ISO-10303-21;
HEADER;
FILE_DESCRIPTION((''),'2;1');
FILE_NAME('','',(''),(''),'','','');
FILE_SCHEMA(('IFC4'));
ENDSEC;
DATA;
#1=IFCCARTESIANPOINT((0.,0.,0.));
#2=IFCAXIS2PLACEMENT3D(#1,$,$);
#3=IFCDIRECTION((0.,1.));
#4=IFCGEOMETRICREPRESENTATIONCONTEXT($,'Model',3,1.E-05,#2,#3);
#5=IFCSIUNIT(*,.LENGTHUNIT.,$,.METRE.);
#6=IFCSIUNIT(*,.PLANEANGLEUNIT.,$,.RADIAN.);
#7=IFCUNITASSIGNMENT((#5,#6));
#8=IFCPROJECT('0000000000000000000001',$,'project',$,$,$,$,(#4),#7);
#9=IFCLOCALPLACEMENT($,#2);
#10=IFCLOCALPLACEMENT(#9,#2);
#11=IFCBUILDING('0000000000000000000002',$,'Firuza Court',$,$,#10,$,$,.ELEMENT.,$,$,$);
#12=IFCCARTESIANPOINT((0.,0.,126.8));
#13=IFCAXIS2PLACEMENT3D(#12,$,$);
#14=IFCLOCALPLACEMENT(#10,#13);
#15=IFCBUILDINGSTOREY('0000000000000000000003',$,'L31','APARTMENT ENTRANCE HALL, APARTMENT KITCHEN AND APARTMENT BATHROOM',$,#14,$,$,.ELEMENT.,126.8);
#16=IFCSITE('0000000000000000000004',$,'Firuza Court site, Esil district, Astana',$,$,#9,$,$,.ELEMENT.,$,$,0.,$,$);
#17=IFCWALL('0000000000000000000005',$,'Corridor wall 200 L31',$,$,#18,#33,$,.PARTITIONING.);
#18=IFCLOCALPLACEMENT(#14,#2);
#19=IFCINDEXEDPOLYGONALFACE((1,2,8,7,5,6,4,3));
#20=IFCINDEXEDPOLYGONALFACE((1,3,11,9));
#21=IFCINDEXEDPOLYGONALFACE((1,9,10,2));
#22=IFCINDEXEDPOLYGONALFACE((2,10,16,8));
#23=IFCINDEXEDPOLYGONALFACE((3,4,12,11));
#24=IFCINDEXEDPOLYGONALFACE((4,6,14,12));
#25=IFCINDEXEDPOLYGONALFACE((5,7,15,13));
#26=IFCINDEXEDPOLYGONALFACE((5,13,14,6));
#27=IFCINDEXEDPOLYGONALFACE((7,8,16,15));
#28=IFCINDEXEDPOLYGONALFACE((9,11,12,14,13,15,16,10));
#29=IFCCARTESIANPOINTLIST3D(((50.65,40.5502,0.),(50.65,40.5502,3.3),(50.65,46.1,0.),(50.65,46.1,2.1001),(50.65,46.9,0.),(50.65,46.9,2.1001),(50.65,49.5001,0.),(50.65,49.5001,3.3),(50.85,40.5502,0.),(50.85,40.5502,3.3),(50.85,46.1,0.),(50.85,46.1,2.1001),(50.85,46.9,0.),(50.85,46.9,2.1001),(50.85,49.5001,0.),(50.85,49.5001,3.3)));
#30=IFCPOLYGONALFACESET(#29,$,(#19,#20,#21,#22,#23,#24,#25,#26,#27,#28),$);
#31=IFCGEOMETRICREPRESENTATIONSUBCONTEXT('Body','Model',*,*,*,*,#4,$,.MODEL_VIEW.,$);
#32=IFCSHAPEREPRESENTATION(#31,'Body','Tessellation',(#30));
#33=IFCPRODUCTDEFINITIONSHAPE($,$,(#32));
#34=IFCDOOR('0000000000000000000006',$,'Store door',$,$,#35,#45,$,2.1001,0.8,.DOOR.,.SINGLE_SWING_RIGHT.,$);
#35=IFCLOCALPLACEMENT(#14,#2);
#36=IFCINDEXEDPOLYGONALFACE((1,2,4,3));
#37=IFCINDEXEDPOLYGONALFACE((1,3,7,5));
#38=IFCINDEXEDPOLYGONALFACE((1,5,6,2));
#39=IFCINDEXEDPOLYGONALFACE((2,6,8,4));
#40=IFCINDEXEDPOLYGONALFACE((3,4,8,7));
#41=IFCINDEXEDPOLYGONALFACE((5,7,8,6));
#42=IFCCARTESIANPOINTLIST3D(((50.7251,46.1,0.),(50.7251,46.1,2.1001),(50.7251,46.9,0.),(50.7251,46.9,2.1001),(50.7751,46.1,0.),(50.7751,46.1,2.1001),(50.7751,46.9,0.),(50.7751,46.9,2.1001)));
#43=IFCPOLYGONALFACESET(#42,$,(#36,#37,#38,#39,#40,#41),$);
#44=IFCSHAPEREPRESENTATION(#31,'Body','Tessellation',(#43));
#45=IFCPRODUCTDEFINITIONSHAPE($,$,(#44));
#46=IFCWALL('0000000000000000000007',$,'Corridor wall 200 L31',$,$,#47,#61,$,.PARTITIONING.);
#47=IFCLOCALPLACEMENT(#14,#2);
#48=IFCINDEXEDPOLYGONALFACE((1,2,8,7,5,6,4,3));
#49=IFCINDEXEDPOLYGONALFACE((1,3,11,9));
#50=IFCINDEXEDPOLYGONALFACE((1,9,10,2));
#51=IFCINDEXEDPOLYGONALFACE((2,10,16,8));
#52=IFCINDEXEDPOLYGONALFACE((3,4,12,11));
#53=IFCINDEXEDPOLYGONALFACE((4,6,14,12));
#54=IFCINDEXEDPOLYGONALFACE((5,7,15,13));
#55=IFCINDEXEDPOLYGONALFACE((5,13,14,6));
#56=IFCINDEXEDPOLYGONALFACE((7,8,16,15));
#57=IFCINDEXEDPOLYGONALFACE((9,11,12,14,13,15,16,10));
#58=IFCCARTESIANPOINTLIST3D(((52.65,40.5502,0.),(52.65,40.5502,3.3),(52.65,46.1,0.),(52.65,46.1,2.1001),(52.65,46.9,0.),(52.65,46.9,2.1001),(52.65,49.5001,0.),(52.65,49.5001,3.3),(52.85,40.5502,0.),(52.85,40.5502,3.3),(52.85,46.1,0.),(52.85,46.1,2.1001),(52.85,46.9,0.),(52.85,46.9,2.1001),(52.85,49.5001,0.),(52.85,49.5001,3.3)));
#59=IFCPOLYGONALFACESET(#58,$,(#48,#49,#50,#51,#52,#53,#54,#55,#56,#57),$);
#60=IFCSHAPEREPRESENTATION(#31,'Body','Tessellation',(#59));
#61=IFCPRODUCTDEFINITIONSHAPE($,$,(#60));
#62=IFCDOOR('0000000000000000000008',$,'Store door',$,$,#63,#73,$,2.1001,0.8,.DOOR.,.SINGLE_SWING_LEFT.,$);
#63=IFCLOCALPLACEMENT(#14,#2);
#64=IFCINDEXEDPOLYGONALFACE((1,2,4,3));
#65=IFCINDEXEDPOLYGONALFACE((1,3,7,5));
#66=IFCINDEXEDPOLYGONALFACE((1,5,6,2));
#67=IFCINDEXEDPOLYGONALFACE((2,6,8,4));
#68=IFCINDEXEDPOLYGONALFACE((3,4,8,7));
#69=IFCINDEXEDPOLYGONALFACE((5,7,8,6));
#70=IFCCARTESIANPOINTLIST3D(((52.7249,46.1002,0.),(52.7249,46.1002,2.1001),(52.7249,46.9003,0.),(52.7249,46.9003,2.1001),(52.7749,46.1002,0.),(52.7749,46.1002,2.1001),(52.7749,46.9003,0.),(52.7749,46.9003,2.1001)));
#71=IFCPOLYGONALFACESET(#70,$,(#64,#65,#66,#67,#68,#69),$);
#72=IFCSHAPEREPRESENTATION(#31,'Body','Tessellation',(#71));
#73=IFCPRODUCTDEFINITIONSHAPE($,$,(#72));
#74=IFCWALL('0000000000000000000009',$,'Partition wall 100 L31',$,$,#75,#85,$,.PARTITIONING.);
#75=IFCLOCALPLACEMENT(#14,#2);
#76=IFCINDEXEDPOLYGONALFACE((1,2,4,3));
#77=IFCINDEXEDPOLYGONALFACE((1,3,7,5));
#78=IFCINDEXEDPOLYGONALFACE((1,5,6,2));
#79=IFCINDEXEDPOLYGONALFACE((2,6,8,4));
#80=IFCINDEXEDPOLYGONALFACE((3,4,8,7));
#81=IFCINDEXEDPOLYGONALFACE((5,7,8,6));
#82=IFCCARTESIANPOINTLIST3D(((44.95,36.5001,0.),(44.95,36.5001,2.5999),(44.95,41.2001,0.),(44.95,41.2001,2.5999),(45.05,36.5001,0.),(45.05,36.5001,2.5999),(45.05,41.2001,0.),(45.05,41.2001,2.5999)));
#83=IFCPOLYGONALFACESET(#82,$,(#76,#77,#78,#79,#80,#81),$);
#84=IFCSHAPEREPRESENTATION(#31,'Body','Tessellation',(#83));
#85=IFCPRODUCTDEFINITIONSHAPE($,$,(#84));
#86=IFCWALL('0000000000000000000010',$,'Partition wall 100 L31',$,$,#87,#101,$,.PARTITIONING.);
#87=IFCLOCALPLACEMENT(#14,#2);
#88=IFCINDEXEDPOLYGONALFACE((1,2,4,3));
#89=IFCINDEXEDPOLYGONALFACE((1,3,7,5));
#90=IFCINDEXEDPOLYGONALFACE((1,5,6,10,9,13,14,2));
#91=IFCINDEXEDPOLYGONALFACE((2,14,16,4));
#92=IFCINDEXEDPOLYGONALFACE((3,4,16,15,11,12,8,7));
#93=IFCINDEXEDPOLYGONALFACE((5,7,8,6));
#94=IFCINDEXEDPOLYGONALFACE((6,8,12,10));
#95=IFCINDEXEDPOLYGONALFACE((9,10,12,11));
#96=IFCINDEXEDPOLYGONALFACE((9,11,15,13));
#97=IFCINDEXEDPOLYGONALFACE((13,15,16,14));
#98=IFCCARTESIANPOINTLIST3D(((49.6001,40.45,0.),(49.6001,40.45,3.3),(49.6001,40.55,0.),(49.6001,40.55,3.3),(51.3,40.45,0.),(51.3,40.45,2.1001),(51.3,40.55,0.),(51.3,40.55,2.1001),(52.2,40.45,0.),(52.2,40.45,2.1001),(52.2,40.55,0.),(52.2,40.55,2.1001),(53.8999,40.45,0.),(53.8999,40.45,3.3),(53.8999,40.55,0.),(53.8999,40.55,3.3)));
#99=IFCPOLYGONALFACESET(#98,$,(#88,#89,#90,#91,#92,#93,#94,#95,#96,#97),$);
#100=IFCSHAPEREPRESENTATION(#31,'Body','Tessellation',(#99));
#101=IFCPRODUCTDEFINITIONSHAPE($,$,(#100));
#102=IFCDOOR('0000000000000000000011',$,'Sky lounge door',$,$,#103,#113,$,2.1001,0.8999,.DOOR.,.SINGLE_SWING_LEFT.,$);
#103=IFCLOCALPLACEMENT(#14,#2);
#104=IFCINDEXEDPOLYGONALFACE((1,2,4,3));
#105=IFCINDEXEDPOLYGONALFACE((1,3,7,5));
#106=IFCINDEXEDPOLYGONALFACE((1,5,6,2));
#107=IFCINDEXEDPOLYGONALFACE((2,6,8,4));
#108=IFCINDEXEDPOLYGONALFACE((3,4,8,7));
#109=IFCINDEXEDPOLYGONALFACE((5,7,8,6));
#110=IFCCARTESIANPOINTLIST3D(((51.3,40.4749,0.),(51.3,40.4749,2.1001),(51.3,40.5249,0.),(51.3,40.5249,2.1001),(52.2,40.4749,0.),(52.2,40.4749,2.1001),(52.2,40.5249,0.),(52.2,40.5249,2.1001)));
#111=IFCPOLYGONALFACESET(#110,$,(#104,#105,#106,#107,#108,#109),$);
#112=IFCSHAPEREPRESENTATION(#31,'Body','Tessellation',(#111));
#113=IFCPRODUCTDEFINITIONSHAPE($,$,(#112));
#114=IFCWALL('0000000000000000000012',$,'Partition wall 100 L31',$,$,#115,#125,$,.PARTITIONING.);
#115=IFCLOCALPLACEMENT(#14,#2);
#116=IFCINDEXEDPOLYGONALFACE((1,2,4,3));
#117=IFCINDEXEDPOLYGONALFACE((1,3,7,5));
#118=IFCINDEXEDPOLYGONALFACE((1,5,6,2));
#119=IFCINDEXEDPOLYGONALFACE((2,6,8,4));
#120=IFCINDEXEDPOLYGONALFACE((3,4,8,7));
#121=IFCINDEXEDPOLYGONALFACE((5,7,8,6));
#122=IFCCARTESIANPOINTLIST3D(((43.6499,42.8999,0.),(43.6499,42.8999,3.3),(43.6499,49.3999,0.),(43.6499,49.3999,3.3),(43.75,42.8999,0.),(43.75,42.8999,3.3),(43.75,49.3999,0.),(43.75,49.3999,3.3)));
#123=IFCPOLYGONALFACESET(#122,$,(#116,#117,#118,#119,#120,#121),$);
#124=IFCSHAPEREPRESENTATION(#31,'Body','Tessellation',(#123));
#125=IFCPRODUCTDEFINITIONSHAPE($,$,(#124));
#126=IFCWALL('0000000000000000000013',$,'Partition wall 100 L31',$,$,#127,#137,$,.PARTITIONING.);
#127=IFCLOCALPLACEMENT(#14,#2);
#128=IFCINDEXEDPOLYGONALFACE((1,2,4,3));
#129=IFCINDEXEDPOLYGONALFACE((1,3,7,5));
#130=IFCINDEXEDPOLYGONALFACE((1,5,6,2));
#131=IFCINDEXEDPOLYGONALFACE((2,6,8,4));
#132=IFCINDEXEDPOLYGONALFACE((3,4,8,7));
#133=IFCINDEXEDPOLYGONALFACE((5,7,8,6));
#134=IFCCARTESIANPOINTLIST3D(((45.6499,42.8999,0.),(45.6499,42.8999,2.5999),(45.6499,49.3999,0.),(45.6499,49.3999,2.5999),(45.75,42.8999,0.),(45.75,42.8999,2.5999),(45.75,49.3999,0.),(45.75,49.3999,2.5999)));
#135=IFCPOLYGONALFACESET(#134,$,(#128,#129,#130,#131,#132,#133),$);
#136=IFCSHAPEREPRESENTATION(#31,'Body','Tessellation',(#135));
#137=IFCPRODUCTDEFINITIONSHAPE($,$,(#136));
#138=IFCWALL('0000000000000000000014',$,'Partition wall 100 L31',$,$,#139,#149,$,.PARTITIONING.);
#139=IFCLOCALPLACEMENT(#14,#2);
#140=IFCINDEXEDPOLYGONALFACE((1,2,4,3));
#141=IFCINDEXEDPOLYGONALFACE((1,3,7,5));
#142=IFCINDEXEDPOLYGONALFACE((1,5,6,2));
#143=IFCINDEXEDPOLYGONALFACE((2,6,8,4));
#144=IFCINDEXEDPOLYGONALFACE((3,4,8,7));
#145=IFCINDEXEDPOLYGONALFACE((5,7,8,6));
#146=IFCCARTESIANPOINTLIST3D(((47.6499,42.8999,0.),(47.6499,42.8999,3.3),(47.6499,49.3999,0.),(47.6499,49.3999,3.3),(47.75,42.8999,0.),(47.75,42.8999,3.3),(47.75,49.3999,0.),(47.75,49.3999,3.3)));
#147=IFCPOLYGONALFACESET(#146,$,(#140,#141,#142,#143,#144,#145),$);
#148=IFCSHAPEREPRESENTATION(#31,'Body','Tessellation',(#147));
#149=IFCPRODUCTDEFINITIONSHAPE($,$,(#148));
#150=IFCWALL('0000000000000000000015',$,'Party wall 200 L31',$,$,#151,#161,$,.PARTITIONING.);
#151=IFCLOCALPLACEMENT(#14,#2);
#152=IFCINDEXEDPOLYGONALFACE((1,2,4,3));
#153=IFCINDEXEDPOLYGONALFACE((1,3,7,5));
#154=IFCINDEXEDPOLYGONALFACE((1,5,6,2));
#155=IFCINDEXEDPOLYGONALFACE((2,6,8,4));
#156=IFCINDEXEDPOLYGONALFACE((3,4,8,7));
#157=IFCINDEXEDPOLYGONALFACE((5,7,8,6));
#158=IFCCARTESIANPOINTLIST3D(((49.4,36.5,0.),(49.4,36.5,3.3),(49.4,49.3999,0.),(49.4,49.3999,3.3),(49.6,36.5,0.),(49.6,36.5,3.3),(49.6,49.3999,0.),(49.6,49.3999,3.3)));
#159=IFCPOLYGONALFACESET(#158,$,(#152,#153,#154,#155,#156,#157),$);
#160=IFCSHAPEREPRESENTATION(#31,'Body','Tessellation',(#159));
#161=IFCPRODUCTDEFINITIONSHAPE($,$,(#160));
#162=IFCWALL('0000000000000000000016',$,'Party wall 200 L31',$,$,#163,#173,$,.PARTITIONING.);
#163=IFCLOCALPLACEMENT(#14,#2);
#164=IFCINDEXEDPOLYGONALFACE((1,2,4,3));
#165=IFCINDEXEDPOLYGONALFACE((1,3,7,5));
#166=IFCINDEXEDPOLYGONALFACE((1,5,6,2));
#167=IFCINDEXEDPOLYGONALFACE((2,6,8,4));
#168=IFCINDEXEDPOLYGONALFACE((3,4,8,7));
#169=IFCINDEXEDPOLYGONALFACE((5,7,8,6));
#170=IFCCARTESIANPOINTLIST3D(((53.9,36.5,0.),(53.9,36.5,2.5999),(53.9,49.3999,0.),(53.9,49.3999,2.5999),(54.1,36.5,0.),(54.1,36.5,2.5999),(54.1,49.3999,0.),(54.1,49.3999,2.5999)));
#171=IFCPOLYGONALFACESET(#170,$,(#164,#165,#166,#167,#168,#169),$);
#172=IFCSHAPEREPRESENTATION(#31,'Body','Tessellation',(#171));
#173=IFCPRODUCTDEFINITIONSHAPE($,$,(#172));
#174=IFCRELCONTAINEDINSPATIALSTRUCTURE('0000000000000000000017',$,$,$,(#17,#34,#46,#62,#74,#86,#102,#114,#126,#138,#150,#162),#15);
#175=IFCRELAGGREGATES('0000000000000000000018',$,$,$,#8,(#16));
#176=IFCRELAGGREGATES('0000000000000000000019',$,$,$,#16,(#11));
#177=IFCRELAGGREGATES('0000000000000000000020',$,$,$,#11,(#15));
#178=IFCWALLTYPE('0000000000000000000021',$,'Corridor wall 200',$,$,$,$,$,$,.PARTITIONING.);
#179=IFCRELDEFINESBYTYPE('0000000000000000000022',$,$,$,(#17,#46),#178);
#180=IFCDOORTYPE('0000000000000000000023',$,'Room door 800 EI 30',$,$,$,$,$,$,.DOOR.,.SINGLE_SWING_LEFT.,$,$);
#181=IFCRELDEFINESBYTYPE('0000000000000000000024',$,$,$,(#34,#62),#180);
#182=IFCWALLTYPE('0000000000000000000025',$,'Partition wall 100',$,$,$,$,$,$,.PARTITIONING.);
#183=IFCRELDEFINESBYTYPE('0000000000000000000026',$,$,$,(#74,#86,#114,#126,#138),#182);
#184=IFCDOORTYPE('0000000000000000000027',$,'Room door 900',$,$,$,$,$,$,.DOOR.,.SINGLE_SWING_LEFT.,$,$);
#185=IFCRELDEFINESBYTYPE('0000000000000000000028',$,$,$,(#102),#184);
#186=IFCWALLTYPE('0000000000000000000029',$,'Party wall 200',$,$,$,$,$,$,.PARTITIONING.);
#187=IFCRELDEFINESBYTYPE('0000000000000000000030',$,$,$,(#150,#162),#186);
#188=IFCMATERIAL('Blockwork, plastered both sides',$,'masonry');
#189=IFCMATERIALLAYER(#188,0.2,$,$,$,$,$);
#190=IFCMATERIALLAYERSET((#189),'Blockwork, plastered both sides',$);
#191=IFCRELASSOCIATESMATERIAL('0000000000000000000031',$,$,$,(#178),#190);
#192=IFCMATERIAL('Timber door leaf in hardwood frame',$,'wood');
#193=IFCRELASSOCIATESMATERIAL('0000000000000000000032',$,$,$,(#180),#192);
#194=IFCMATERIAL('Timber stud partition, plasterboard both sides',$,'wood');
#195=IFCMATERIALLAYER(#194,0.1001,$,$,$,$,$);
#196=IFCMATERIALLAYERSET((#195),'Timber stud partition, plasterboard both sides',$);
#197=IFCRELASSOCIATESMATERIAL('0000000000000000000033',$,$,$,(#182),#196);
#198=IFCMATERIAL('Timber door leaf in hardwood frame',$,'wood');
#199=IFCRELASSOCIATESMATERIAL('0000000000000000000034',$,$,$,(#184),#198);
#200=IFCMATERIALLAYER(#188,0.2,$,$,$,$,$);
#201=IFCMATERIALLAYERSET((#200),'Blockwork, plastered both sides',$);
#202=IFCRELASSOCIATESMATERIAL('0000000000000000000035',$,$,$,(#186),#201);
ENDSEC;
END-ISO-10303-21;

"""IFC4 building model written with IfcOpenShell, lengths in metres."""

from ifc_helpers import new_model, si_unit, direction, frame, frame_2d, origin, place, context, subcontext, project, spatial, rectangle, extrude, material, layer, layer_set, type_object, element, fill, save


model = new_model("IFC4")

# Units and contexts
model_context = context("Model", 3, precision=1e-05, world=origin(), true_north=direction((0.0, 1.0)))
body_context = subcontext(model_context, "Body", "Model", "MODEL_VIEW")
ifc_project = project(units=[si_unit("LENGTHUNIT", "METRE"), si_unit("PLANEANGLEUNIT", "RADIAN")], contexts=[model_context])

# Site, building, storey
site_placement = place(None, origin())
site = spatial("IfcSite", under=ifc_project, at=site_placement, Name="Firuza Court site, Esil district, Astana", CompositionType="ELEMENT", RefElevation=0.0)
building_placement = place(site_placement, origin())
building = spatial("IfcBuilding", under=site, at=building_placement, Name="Firuza Court", CompositionType="ELEMENT")
storey_placement = place(building_placement, frame((0.0, 0.0, 126.8)))
storey = spatial("IfcBuildingStorey", under=building, at=storey_placement, Name="L31", Description="APARTMENT ENTRANCE HALL, APARTMENT KITCHEN AND APARTMENT BATHROOM", CompositionType="ELEMENT", Elevation=126.8)

# Walls, openings, doors
ifc_material_1 = material(Name="Blockwork, plastered both sides", Category="masonry")
ifc_layer_1 = layer(ifc_material_1, 0.2)
ifc_layer_set_1 = layer_set([ifc_layer_1], Name="Blockwork, plastered both sides")
wall_type_1 = type_object("IfcWallType", Name="Corridor wall 200", PredefinedType="PARTITIONING", material=ifc_layer_set_1)
wall_1_placement = place(storey_placement, frame((50.75, 40.55, 0.0), z_axis=(0.0, 0.0, 1.0), x_axis=(0.0, 1.0, 0.0)))
wall_1 = element("IfcWall", 1, at=wall_1_placement, inside=storey, type_object=wall_type_1, Name="Corridor wall 200 L31", PredefinedType="PARTITIONING", context=body_context, shape_type="SweptSolid", body=[
    extrude(rectangle(XDim=8.95, YDim=0.2, at=frame_2d((4.4751, 0.0))), origin(), (0.0, 0.0, 1.0), 3.3),
])
opening_1_placement = place(wall_1_placement, frame((5.55, 0.0, 0.0)))
opening_1 = element("IfcOpeningElement", 2, at=opening_1_placement, cuts=wall_1, PredefinedType="OPENING", context=body_context, shape_type="SweptSolid", body=[
    extrude(rectangle(XDim=0.8, YDim=2.1001, at=frame_2d((0.3999, 1.05))), frame((0.0, 0.1118, 0.0), z_axis=(0.0, -1.0, 0.0), x_axis=(1.0, 0.0, 0.0)), (0.0, 0.0, 1.0), 0.2239),
])
ifc_material_2 = material(Name="Timber door leaf in hardwood frame", Category="wood")
door_type_1 = type_object("IfcDoorType", Name="Room door 800 EI 30", OperationType="SINGLE_SWING_LEFT", PredefinedType="DOOR", material=ifc_material_2)
door_1_placement = place(opening_1_placement, origin())
door_1 = element("IfcDoor", 3, at=door_1_placement, inside=storey, type_object=door_type_1, Name="Store door", OperationType="SINGLE_SWING_RIGHT", OverallHeight=2.1001, OverallWidth=0.8, PredefinedType="DOOR", context=body_context, shape_type="SweptSolid", body=[
    extrude(rectangle(XDim=0.8, YDim=2.1001, at=frame_2d((0.3999, 1.05))), frame((0.0, 0.0249, 0.0), z_axis=(0.0, -1.0, 0.0), x_axis=(1.0, 0.0, 0.0)), (0.0, 0.0, 1.0), 0.05),
])
fill(opening_1, door_1)
wall_2_placement = place(storey_placement, frame((52.75, 40.55, 0.0), z_axis=(0.0, 0.0, 1.0), x_axis=(0.0, 1.0, 0.0)))
wall_2 = element("IfcWall", 4, at=wall_2_placement, inside=storey, type_object=wall_type_1, Name="Corridor wall 200 L31", PredefinedType="PARTITIONING", context=body_context, shape_type="SweptSolid", body=[
    extrude(rectangle(XDim=8.95, YDim=0.2, at=frame_2d((4.4751, 0.0))), origin(), (0.0, 0.0, 1.0), 3.3),
])
opening_2_placement = place(wall_2_placement, frame((5.55, 0.0, 0.0)))
opening_2 = element("IfcOpeningElement", 5, at=opening_2_placement, cuts=wall_2, PredefinedType="OPENING", context=body_context, shape_type="SweptSolid", body=[
    extrude(rectangle(XDim=0.8, YDim=2.1001, at=frame_2d((0.3999, 1.05))), frame((0.0, 0.1118, 0.0), z_axis=(0.0, -1.0, 0.0), x_axis=(1.0, 0.0, 0.0)), (0.0, 0.0, 1.0), 0.2239),
])
door_2_placement = place(opening_2_placement, frame((0.8, 0.0, 0.0), z_axis=(0.0, 0.0, 1.0), x_axis=(-1.0, 0.0, 0.0)))
door_2 = element("IfcDoor", 6, at=door_2_placement, inside=storey, type_object=door_type_1, Name="Store door", OperationType="SINGLE_SWING_LEFT", OverallHeight=2.1001, OverallWidth=0.8, PredefinedType="DOOR", context=body_context, shape_type="SweptSolid", body=[
    extrude(rectangle(XDim=0.8, YDim=2.1001, at=frame_2d((0.3999, 1.05))), frame((0.0, 0.0249, 0.0), z_axis=(0.0, -1.0, 0.0), x_axis=(1.0, 0.0, 0.0)), (0.0, 0.0, 1.0), 0.05),
])
fill(opening_2, door_2)

# Wall
ifc_material_3 = material(Name="Timber stud partition, plasterboard both sides", Category="wood")
ifc_layer_2 = layer(ifc_material_3, 0.1001)
ifc_layer_set_2 = layer_set([ifc_layer_2], Name="Timber stud partition, plasterboard both sides")
wall_type_2 = type_object("IfcWallType", Name="Partition wall 100", PredefinedType="PARTITIONING", material=ifc_layer_set_2)
wall_3_placement = place(storey_placement, frame((45.0, 36.5, 0.0), z_axis=(0.0, 0.0, 1.0), x_axis=(0.0, 1.0, 0.0)))
element("IfcWall", 7, at=wall_3_placement, inside=storey, type_object=wall_type_2, Name="Partition wall 100 L31", PredefinedType="PARTITIONING", context=body_context, shape_type="SweptSolid", body=[
    extrude(rectangle(XDim=4.7, YDim=0.1001, at=frame_2d((2.3501, 0.0))), origin(), (0.0, 0.0, 1.0), 2.5999),
])

# Wall, opening, door
wall_4_placement = place(storey_placement, frame((49.6001, 40.5, 0.0), z_axis=(0.0, 0.0, 1.0), x_axis=(1.0, 0.0, 0.0)))
wall_4 = element("IfcWall", 8, at=wall_4_placement, inside=storey, type_object=wall_type_2, Name="Partition wall 100 L31", PredefinedType="PARTITIONING", context=body_context, shape_type="SweptSolid", body=[
    extrude(rectangle(XDim=4.2998, YDim=0.1001, at=frame_2d((2.1499, 0.0))), origin(), (0.0, 0.0, 1.0), 3.3),
])
opening_3_placement = place(wall_4_placement, frame((1.7, 0.0, 0.0)))
opening_3 = element("IfcOpeningElement", 9, at=opening_3_placement, cuts=wall_4, PredefinedType="OPENING", context=body_context, shape_type="SweptSolid", body=[
    extrude(rectangle(XDim=0.8999, YDim=2.1001, at=frame_2d((0.45, 1.05))), frame((0.0, 0.062, 0.0), z_axis=(0.0, -1.0, 0.0), x_axis=(1.0, 0.0, 0.0)), (0.0, 0.0, 1.0), 0.124),
])
ifc_material_4 = material(Name="Timber door leaf in hardwood frame", Category="wood")
door_type_2 = type_object("IfcDoorType", Name="Room door 900", OperationType="SINGLE_SWING_LEFT", PredefinedType="DOOR", material=ifc_material_4)
door_3_placement = place(opening_3_placement, origin())
door_3 = element("IfcDoor", 10, at=door_3_placement, inside=storey, type_object=door_type_2, Name="Sky lounge door", OperationType="SINGLE_SWING_LEFT", OverallHeight=2.1001, OverallWidth=0.8999, PredefinedType="DOOR", context=body_context, shape_type="SweptSolid", body=[
    extrude(rectangle(XDim=0.8999, YDim=2.1001, at=frame_2d((0.45, 1.05))), frame((0.0, 0.0249, 0.0), z_axis=(0.0, -1.0, 0.0), x_axis=(1.0, 0.0, 0.0)), (0.0, 0.0, 1.0), 0.05),
])
fill(opening_3, door_3)

# Walls
wall_5_placement = place(storey_placement, frame((43.7, 42.8999, 0.0), z_axis=(0.0, 0.0, 1.0), x_axis=(0.0, 1.0, 0.0)))
element("IfcWall", 11, at=wall_5_placement, inside=storey, type_object=wall_type_2, Name="Partition wall 100 L31", PredefinedType="PARTITIONING", context=body_context, shape_type="SweptSolid", body=[
    extrude(rectangle(XDim=6.5, YDim=0.1001, at=frame_2d((3.25, 0.0))), origin(), (0.0, 0.0, 1.0), 3.3),
])
wall_6_placement = place(storey_placement, frame((45.7, 42.8999, 0.0), z_axis=(0.0, 0.0, 1.0), x_axis=(0.0, 1.0, 0.0)))
element("IfcWall", 12, at=wall_6_placement, inside=storey, type_object=wall_type_2, Name="Partition wall 100 L31", PredefinedType="PARTITIONING", context=body_context, shape_type="SweptSolid", body=[
    extrude(rectangle(XDim=6.5, YDim=0.1001, at=frame_2d((3.25, 0.0))), origin(), (0.0, 0.0, 1.0), 2.5999),
])
wall_7_placement = place(storey_placement, frame((47.7, 42.8999, 0.0), z_axis=(0.0, 0.0, 1.0), x_axis=(0.0, 1.0, 0.0)))
element("IfcWall", 13, at=wall_7_placement, inside=storey, type_object=wall_type_2, Name="Partition wall 100 L31", PredefinedType="PARTITIONING", context=body_context, shape_type="SweptSolid", body=[
    extrude(rectangle(XDim=6.5, YDim=0.1001, at=frame_2d((3.25, 0.0))), origin(), (0.0, 0.0, 1.0), 3.3),
])
ifc_layer_3 = layer(ifc_material_1, 0.2)
ifc_layer_set_3 = layer_set([ifc_layer_3], Name="Blockwork, plastered both sides")
wall_type_3 = type_object("IfcWallType", Name="Party wall 200", PredefinedType="PARTITIONING", material=ifc_layer_set_3)
wall_8_placement = place(storey_placement, frame((49.5, 36.5, 0.0), z_axis=(0.0, 0.0, 1.0), x_axis=(0.0, 1.0, 0.0)))
element("IfcWall", 14, at=wall_8_placement, inside=storey, type_object=wall_type_3, Name="Party wall 200 L31", PredefinedType="PARTITIONING", context=body_context, shape_type="SweptSolid", body=[
    extrude(rectangle(XDim=12.8999, YDim=0.2, at=frame_2d((6.45, 0.0))), origin(), (0.0, 0.0, 1.0), 3.3),
])
wall_9_placement = place(storey_placement, frame((54.0, 36.5, 0.0), z_axis=(0.0, 0.0, 1.0), x_axis=(0.0, 1.0, 0.0)))
element("IfcWall", 15, at=wall_9_placement, inside=storey, type_object=wall_type_3, Name="Party wall 200 L31", PredefinedType="PARTITIONING", context=body_context, shape_type="SweptSolid", body=[
    extrude(rectangle(XDim=12.8999, YDim=0.2, at=frame_2d((6.45, 0.0))), origin(), (0.0, 0.0, 1.0), 2.5999),
])

save(model, "model.ifc")
